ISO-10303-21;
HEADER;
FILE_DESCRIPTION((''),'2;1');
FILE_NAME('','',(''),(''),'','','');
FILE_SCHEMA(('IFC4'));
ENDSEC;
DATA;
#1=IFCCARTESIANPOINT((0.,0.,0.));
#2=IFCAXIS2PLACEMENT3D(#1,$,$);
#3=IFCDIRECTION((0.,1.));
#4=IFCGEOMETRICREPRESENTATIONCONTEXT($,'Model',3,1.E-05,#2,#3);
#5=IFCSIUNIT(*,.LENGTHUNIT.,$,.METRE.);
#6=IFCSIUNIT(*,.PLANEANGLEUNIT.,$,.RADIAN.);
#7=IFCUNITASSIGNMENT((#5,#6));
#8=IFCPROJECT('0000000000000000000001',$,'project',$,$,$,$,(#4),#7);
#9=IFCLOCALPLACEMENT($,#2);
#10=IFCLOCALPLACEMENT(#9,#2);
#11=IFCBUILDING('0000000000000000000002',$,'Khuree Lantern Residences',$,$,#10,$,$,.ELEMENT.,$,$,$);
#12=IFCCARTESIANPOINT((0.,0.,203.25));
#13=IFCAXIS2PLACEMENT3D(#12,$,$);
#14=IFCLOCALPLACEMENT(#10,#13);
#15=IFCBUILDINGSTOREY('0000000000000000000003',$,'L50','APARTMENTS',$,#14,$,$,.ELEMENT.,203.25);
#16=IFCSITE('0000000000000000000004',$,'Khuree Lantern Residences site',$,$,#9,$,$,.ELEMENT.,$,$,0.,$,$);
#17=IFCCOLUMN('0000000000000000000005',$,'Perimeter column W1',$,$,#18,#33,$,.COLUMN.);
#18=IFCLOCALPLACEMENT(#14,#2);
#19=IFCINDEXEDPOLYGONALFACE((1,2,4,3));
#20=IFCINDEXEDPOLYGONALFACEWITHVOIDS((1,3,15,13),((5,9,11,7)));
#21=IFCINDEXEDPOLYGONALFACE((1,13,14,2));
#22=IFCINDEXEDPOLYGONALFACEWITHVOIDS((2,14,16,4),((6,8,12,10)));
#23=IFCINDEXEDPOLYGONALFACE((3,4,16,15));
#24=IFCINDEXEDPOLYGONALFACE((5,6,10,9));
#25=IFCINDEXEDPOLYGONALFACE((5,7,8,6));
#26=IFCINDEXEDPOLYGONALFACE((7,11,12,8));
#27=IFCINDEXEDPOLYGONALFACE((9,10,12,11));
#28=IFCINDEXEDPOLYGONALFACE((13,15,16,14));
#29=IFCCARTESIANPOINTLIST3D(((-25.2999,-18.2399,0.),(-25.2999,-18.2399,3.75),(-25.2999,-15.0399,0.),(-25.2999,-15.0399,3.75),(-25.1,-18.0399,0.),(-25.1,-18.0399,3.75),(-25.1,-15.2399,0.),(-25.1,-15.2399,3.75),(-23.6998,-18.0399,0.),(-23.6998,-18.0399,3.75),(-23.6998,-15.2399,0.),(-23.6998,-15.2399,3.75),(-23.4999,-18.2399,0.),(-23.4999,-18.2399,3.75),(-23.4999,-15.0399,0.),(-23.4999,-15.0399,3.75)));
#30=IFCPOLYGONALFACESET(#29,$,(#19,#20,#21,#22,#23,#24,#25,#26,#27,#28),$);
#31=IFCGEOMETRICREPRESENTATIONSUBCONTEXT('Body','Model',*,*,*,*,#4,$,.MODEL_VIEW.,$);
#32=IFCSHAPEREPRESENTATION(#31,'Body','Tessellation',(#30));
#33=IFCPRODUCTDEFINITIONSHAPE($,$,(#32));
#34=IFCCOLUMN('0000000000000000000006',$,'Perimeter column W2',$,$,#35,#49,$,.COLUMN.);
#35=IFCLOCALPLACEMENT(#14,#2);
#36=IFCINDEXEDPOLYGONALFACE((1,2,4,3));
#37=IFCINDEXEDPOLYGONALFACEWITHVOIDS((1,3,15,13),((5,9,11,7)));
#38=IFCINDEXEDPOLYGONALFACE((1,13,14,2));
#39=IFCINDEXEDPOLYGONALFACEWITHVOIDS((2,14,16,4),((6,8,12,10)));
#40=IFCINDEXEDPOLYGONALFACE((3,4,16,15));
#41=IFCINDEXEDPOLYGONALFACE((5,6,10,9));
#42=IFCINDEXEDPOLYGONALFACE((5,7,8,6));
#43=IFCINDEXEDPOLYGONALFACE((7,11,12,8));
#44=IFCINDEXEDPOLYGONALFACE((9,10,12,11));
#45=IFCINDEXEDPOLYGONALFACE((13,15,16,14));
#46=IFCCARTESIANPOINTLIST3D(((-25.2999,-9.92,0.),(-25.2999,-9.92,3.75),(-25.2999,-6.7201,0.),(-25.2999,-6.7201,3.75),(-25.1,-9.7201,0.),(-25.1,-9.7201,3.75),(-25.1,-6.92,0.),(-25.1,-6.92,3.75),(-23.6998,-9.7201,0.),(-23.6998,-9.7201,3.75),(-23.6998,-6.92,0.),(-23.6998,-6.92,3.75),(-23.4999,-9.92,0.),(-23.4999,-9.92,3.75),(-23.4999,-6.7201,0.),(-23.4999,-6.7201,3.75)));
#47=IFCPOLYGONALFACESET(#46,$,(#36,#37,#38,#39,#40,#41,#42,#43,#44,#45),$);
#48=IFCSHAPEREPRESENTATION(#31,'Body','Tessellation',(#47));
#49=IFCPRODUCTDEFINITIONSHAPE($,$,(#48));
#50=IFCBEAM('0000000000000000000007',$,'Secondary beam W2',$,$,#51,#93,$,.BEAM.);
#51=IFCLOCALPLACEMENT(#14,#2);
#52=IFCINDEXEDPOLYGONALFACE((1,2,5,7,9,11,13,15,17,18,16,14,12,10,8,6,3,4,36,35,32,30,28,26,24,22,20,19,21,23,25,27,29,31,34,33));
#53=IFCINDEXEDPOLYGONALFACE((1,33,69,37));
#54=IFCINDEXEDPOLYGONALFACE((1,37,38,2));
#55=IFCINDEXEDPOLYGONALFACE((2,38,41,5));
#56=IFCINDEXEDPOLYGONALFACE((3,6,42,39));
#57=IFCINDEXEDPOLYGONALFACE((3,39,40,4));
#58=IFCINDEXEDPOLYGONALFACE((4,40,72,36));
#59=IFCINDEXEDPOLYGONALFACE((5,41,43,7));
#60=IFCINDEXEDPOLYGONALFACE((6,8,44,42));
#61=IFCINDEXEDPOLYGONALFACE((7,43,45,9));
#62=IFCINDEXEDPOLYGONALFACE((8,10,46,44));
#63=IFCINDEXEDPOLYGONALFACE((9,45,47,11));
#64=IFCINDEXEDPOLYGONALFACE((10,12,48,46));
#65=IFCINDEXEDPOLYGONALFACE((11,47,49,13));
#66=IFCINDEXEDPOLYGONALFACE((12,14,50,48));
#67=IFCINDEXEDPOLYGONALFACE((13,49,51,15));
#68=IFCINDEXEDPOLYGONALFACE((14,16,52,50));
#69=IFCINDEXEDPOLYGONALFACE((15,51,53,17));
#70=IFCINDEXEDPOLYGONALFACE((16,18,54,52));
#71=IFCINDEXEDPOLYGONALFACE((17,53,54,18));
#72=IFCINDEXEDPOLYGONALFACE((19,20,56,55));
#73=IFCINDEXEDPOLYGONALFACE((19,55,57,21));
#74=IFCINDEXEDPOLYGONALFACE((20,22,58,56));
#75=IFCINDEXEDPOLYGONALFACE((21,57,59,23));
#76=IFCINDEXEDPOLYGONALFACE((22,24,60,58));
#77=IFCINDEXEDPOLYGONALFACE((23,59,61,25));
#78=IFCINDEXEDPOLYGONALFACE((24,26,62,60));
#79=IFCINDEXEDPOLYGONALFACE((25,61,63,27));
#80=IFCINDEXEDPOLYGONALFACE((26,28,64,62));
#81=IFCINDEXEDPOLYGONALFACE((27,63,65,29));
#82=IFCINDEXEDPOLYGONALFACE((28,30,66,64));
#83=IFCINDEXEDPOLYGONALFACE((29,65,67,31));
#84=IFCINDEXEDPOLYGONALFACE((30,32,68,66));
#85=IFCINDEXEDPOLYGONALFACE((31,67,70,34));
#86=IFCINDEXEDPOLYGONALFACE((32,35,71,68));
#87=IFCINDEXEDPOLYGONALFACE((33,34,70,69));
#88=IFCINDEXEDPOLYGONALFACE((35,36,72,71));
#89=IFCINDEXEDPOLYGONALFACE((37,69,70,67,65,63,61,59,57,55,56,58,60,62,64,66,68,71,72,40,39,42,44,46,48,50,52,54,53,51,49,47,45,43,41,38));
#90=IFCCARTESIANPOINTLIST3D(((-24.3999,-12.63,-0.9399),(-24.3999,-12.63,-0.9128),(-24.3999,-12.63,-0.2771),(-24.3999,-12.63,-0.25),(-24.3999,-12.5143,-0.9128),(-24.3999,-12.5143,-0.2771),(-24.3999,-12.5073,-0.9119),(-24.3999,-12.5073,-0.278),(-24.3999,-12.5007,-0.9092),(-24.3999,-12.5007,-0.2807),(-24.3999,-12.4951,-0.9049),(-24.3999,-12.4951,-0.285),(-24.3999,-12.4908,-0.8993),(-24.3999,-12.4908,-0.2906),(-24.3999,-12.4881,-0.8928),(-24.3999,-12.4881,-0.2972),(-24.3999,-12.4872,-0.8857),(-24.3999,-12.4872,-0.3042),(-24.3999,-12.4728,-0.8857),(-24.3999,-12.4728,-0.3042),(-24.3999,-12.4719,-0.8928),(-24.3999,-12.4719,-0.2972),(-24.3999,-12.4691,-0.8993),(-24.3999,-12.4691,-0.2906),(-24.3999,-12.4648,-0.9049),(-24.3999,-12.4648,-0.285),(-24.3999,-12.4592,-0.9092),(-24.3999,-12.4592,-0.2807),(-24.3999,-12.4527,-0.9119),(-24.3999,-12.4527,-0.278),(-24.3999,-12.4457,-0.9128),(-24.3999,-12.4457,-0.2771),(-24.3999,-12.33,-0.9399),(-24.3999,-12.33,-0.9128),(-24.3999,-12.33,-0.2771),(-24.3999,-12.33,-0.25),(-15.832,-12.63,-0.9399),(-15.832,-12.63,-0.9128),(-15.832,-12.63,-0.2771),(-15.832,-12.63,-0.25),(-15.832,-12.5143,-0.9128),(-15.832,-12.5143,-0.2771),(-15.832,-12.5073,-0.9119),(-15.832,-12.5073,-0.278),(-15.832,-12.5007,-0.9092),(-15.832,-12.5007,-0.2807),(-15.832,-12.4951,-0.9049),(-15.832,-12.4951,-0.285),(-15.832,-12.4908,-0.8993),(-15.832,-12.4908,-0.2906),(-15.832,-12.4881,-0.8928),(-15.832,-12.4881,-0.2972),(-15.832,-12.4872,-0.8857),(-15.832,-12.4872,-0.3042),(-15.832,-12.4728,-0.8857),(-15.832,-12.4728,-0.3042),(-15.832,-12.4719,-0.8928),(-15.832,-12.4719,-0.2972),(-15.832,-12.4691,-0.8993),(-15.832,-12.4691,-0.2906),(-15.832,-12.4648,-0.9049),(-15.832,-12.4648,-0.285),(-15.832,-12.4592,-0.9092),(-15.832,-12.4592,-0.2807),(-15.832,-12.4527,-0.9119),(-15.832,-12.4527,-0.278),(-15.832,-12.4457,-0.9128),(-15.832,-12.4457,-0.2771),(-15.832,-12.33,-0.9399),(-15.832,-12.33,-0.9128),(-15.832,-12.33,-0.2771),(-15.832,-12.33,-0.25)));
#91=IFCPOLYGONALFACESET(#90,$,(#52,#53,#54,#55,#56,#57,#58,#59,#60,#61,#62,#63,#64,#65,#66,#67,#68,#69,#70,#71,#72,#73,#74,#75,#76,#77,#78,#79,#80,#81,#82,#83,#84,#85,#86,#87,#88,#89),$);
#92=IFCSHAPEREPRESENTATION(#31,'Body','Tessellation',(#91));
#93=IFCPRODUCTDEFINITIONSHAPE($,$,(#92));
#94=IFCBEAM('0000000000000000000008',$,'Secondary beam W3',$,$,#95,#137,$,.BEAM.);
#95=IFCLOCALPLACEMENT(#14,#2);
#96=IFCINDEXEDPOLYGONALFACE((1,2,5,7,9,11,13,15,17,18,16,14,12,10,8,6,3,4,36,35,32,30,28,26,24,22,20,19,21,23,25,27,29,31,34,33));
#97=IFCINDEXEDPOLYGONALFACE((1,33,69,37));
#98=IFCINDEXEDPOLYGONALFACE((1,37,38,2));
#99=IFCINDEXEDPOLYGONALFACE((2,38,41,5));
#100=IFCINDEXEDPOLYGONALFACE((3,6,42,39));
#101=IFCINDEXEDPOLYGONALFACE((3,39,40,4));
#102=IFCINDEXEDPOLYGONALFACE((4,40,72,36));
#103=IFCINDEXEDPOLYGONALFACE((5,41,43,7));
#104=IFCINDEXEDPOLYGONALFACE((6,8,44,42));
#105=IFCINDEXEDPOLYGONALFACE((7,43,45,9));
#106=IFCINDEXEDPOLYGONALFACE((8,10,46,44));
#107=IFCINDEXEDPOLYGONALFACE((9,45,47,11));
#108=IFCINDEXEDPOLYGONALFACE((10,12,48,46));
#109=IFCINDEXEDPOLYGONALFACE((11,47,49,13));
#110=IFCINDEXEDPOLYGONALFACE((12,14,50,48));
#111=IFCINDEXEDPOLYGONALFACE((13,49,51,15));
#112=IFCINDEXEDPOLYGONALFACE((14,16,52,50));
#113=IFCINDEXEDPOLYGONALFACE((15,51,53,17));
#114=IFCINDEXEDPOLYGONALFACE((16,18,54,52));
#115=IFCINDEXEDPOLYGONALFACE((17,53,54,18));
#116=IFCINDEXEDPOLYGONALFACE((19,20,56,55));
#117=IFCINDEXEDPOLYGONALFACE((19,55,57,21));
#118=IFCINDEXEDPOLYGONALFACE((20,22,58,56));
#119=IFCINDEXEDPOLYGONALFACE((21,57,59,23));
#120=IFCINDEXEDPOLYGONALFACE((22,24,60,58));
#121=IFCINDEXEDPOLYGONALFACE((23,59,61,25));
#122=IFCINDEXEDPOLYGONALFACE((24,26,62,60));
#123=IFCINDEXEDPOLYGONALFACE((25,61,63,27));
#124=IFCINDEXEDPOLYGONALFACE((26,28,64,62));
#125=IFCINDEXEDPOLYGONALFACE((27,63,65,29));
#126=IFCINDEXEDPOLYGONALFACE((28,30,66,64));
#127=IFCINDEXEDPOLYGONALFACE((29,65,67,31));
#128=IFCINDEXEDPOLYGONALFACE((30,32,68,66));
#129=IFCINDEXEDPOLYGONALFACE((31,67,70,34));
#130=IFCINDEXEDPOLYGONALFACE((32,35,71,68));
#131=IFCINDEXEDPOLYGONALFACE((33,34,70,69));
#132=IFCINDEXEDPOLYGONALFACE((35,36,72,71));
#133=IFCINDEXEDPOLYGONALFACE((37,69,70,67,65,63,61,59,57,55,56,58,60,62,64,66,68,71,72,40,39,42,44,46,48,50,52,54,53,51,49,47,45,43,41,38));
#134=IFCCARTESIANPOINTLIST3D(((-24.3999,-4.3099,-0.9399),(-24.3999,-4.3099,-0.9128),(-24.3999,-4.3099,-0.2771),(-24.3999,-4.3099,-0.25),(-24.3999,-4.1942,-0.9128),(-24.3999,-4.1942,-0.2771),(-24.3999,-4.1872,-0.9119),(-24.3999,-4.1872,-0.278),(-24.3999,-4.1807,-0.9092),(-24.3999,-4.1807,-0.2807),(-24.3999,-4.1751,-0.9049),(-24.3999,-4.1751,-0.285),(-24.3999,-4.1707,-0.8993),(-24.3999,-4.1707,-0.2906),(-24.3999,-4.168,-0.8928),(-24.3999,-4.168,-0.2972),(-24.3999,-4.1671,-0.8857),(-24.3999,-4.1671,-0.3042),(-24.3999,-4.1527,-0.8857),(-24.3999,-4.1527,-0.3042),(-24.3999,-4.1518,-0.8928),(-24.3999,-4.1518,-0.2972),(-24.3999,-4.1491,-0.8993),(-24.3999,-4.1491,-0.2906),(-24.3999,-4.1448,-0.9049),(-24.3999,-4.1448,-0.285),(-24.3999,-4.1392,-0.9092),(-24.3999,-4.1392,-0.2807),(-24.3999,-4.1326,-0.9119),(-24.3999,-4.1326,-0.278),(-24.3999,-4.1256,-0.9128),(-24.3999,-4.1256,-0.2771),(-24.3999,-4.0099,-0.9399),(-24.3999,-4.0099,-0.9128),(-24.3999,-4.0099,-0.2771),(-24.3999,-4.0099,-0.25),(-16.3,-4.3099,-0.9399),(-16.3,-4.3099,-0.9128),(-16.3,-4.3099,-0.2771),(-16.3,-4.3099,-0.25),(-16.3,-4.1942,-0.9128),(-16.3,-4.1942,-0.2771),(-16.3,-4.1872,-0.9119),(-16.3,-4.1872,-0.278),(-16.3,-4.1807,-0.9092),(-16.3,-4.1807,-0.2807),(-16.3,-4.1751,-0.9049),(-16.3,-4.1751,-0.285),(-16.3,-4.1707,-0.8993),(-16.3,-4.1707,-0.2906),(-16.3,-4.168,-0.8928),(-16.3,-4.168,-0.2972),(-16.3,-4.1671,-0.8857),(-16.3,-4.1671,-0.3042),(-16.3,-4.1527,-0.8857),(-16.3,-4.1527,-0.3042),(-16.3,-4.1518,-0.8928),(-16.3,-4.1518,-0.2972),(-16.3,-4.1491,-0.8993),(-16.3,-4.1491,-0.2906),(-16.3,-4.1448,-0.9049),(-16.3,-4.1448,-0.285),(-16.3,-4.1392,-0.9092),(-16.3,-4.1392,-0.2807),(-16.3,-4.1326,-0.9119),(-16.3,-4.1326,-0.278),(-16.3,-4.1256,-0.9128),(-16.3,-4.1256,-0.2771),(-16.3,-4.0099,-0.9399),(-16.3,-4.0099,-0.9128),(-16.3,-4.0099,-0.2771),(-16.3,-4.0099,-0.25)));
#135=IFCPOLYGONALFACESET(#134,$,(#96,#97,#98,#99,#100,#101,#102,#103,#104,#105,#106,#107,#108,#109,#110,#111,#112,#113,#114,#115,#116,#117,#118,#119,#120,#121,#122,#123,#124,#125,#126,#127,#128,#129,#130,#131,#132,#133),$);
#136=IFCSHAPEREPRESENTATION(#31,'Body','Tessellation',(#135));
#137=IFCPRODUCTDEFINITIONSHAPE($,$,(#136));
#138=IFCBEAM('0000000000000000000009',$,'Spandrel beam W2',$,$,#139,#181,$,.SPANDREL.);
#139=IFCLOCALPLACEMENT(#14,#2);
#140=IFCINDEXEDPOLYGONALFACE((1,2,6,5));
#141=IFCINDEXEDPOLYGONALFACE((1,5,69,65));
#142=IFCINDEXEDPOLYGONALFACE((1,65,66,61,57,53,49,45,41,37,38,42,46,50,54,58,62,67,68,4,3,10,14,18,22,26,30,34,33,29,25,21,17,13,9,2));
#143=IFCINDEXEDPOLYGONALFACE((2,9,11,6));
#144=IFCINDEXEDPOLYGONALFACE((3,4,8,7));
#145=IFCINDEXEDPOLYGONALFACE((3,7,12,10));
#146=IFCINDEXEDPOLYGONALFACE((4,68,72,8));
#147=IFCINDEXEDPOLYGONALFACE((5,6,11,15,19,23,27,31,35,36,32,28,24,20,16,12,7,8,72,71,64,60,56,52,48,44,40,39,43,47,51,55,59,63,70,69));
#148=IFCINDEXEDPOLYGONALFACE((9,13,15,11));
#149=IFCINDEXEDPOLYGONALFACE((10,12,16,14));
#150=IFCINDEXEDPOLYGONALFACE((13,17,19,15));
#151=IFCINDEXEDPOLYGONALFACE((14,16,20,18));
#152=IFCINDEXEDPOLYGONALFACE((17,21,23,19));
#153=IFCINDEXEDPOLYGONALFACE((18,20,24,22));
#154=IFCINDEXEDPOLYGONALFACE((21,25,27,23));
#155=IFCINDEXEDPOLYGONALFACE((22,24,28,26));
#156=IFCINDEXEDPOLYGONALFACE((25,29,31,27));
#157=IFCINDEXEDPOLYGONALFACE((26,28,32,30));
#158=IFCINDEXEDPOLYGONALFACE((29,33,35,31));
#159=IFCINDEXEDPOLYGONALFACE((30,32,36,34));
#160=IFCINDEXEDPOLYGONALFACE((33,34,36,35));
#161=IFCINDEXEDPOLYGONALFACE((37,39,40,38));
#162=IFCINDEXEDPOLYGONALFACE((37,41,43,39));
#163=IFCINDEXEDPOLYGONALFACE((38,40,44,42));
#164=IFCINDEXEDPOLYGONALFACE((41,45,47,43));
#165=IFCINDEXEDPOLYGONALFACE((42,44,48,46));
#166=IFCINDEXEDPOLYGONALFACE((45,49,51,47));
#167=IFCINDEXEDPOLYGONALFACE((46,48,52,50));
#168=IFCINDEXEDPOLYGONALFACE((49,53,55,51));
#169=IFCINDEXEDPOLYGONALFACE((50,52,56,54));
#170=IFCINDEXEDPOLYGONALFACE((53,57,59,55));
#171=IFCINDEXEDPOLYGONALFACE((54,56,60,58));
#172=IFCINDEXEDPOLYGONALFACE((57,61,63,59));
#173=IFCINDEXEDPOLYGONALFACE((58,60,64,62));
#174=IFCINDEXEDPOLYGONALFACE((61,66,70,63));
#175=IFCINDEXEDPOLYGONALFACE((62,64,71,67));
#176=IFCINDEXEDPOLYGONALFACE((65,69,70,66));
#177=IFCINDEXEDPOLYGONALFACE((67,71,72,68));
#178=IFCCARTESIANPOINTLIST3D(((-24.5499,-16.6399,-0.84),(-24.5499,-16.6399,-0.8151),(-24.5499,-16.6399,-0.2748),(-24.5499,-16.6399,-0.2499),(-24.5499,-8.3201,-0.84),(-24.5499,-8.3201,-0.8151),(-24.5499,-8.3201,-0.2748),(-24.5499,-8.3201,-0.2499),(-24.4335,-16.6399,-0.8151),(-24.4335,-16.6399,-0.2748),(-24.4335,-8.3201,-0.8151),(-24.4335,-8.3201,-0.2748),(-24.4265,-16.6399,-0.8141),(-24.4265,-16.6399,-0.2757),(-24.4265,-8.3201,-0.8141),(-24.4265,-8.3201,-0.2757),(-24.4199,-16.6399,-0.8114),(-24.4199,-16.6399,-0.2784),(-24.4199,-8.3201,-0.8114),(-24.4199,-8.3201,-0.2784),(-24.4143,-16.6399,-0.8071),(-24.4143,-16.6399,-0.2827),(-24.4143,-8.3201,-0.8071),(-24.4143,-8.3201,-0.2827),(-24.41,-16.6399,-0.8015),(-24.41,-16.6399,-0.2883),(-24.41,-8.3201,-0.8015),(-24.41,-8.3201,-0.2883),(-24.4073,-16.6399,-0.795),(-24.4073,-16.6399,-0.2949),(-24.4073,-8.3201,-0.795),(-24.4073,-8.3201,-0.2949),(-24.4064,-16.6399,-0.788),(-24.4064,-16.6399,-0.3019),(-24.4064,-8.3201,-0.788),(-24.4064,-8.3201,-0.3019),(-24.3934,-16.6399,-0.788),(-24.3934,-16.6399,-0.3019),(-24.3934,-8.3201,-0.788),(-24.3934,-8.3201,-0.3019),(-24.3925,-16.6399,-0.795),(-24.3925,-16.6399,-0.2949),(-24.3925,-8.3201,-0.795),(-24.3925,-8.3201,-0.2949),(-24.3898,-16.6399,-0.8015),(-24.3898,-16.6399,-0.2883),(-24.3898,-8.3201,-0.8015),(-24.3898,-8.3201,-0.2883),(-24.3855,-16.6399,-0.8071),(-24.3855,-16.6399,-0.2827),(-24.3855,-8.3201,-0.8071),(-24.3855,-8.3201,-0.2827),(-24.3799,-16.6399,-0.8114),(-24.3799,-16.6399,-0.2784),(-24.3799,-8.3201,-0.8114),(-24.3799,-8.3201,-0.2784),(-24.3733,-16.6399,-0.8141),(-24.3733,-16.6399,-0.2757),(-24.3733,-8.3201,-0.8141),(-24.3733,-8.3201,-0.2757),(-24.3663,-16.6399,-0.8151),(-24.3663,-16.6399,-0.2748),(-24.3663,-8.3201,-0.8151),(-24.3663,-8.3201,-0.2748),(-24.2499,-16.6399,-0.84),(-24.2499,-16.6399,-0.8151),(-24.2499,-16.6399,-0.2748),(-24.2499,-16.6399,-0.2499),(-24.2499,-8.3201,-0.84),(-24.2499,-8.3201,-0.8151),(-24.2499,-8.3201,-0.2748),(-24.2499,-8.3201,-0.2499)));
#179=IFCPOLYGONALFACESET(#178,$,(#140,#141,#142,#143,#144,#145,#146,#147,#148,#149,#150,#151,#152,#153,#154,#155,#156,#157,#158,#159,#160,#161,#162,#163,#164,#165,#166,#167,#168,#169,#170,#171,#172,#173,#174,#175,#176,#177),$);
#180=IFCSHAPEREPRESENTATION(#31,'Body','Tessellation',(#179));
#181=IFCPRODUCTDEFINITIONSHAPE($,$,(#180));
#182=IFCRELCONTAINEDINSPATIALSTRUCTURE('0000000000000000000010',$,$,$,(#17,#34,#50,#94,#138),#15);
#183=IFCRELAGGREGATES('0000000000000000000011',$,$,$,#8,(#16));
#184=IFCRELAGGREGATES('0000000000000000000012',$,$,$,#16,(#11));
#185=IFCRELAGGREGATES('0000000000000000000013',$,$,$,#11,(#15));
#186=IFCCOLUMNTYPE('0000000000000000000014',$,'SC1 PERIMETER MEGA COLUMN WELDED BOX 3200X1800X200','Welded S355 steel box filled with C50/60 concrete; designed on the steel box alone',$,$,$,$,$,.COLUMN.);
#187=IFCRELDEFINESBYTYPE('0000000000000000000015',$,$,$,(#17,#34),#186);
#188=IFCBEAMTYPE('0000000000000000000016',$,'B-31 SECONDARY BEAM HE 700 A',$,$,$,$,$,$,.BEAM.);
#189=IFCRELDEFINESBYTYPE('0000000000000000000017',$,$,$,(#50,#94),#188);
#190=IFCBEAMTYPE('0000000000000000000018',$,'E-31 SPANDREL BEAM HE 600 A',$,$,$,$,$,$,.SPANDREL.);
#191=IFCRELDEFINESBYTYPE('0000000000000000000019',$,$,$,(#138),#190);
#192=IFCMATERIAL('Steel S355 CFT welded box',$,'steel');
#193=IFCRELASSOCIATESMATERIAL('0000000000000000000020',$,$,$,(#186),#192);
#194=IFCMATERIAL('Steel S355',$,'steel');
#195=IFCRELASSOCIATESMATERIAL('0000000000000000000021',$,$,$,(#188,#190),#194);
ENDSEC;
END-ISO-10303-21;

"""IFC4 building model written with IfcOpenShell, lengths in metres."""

from ifc_helpers import new_model, si_unit, direction, frame, origin, origin_2d, place, context, subcontext, project, spatial, hollow_rectangle, i_section, extrude, material, material_profile, profile_set, type_object, element, save


model = new_model("IFC4")

# Units and contexts
model_context = context("Model", 3, precision=1e-05, world=origin(), true_north=direction((0.0, 1.0)))
body_context = subcontext(model_context, "Body", "Model", "MODEL_VIEW")
ifc_project = project(units=[si_unit("LENGTHUNIT", "METRE"), si_unit("PLANEANGLEUNIT", "RADIAN")], contexts=[model_context])

# Site, building, storey
site_placement = place(None, origin())
site = spatial("IfcSite", under=ifc_project, at=site_placement, Name="Khuree Lantern Residences site", CompositionType="ELEMENT", RefElevation=0.0)
building_placement = place(site_placement, origin())
building = spatial("IfcBuilding", under=site, at=building_placement, Name="Khuree Lantern Residences", CompositionType="ELEMENT")
storey_placement = place(building_placement, frame((0.0, 0.0, 203.25)))
storey = spatial("IfcBuildingStorey", under=building, at=storey_placement, Name="L50", Description="APARTMENTS", CompositionType="ELEMENT", Elevation=203.25)

# Columns
ifc_material_1 = material(Name="Steel S355 CFT welded box", Category="steel")
ifc_material_profile_1 = material_profile(ifc_material_1, hollow_rectangle(XDim=3.2, YDim=1.8, WallThickness=0.2, at=origin_2d()), Name="WELDED BOX 3200X1800X200")
ifc_profile_set_1 = profile_set([ifc_material_profile_1], Name="Steel S355 CFT welded box")
column_type = type_object("IfcColumnType", Name="SC1 PERIMETER MEGA COLUMN WELDED BOX 3200X1800X200", Description="Welded S355 steel box filled with C50/60 concrete; designed on the steel box alone", PredefinedType="COLUMN", material=ifc_profile_set_1)
for number, where, z_axis, x_axis, name in (
    (1, (-24.3999, -16.6399, 0.0), (0.0, 0.0, 1.0), (0.0, 1.0, 0.0), "Perimeter column W1"),
    (2, (-24.3999, -8.3201, 0.0), (0.0, 0.0, 1.0), (0.0, 1.0, 0.0), "Perimeter column W2"),
):
    element("IfcColumn", number, at=place(storey_placement, frame(where, z_axis=z_axis, x_axis=x_axis)), inside=storey, type_object=column_type, Name=name, PredefinedType="COLUMN", context=body_context, shape_type="SweptSolid", body=[
        extrude(hollow_rectangle(XDim=3.2, YDim=1.8, WallThickness=0.2, at=origin_2d()), origin(), (0.0, 0.0, 1.0), 3.75),
    ])

# Beams
ifc_material_2 = material(Name="Steel S355", Category="steel")
ifc_material_profile_2 = material_profile(ifc_material_2, i_section(OverallWidth=0.3, OverallDepth=0.6899, WebThickness=0.0144, FlangeThickness=0.0271, FilletRadius=0.0271, at=origin_2d()), Name="HE 700 A")
ifc_profile_set_2 = profile_set([ifc_material_profile_2], Name="Steel S355")
beam_type_1 = type_object("IfcBeamType", Name="B-31 SECONDARY BEAM HE 700 A", PredefinedType="BEAM", material=ifc_profile_set_2)
beam_1_placement = place(storey_placement, frame((-24.3999, -12.48, -0.595), z_axis=(1.0, 0.0, 0.0), x_axis=(0.0, 1.0, 0.0)))
element("IfcBeam", 3, at=beam_1_placement, inside=storey, type_object=beam_type_1, Name="Secondary beam W2", PredefinedType="BEAM", context=body_context, shape_type="SweptSolid", body=[
    extrude(i_section(OverallWidth=0.3, OverallDepth=0.6899, WebThickness=0.0144, FlangeThickness=0.0271, FilletRadius=0.0271, at=origin_2d()), origin(), (0.0, 0.0, 1.0), 8.5679),
])
beam_2_placement = place(storey_placement, frame((-24.3999, -4.1599, -0.595), z_axis=(1.0, 0.0, 0.0), x_axis=(0.0, 1.0, 0.0)))
element("IfcBeam", 4, at=beam_2_placement, inside=storey, type_object=beam_type_1, Name="Secondary beam W3", PredefinedType="BEAM", context=body_context, shape_type="SweptSolid", body=[
    extrude(i_section(OverallWidth=0.3, OverallDepth=0.6899, WebThickness=0.0144, FlangeThickness=0.0271, FilletRadius=0.0271, at=origin_2d()), origin(), (0.0, 0.0, 1.0), 8.0999),
])
ifc_material_profile_3 = material_profile(ifc_material_2, i_section(OverallWidth=0.3, OverallDepth=0.5901, WebThickness=0.0129, FlangeThickness=0.0249, FilletRadius=0.0271, at=origin_2d()), Name="HE 600 A")
ifc_profile_set_3 = profile_set([ifc_material_profile_3], Name="Steel S355")
beam_type_2 = type_object("IfcBeamType", Name="E-31 SPANDREL BEAM HE 600 A", PredefinedType="SPANDREL", material=ifc_profile_set_3)
beam_3_placement = place(storey_placement, frame((-24.3999, -16.6399, -0.5449), z_axis=(0.0, 1.0, 0.0), x_axis=(-1.0, 0.0, 0.0)))
element("IfcBeam", 5, at=beam_3_placement, inside=storey, type_object=beam_type_2, Name="Spandrel beam W2", PredefinedType="SPANDREL", context=body_context, shape_type="SweptSolid", body=[
    extrude(i_section(OverallWidth=0.3, OverallDepth=0.5901, WebThickness=0.0129, FlangeThickness=0.0249, FilletRadius=0.0271, at=origin_2d()), origin(), (0.0, 0.0, 1.0), 8.3198),
])

save(model, "model.ifc")
